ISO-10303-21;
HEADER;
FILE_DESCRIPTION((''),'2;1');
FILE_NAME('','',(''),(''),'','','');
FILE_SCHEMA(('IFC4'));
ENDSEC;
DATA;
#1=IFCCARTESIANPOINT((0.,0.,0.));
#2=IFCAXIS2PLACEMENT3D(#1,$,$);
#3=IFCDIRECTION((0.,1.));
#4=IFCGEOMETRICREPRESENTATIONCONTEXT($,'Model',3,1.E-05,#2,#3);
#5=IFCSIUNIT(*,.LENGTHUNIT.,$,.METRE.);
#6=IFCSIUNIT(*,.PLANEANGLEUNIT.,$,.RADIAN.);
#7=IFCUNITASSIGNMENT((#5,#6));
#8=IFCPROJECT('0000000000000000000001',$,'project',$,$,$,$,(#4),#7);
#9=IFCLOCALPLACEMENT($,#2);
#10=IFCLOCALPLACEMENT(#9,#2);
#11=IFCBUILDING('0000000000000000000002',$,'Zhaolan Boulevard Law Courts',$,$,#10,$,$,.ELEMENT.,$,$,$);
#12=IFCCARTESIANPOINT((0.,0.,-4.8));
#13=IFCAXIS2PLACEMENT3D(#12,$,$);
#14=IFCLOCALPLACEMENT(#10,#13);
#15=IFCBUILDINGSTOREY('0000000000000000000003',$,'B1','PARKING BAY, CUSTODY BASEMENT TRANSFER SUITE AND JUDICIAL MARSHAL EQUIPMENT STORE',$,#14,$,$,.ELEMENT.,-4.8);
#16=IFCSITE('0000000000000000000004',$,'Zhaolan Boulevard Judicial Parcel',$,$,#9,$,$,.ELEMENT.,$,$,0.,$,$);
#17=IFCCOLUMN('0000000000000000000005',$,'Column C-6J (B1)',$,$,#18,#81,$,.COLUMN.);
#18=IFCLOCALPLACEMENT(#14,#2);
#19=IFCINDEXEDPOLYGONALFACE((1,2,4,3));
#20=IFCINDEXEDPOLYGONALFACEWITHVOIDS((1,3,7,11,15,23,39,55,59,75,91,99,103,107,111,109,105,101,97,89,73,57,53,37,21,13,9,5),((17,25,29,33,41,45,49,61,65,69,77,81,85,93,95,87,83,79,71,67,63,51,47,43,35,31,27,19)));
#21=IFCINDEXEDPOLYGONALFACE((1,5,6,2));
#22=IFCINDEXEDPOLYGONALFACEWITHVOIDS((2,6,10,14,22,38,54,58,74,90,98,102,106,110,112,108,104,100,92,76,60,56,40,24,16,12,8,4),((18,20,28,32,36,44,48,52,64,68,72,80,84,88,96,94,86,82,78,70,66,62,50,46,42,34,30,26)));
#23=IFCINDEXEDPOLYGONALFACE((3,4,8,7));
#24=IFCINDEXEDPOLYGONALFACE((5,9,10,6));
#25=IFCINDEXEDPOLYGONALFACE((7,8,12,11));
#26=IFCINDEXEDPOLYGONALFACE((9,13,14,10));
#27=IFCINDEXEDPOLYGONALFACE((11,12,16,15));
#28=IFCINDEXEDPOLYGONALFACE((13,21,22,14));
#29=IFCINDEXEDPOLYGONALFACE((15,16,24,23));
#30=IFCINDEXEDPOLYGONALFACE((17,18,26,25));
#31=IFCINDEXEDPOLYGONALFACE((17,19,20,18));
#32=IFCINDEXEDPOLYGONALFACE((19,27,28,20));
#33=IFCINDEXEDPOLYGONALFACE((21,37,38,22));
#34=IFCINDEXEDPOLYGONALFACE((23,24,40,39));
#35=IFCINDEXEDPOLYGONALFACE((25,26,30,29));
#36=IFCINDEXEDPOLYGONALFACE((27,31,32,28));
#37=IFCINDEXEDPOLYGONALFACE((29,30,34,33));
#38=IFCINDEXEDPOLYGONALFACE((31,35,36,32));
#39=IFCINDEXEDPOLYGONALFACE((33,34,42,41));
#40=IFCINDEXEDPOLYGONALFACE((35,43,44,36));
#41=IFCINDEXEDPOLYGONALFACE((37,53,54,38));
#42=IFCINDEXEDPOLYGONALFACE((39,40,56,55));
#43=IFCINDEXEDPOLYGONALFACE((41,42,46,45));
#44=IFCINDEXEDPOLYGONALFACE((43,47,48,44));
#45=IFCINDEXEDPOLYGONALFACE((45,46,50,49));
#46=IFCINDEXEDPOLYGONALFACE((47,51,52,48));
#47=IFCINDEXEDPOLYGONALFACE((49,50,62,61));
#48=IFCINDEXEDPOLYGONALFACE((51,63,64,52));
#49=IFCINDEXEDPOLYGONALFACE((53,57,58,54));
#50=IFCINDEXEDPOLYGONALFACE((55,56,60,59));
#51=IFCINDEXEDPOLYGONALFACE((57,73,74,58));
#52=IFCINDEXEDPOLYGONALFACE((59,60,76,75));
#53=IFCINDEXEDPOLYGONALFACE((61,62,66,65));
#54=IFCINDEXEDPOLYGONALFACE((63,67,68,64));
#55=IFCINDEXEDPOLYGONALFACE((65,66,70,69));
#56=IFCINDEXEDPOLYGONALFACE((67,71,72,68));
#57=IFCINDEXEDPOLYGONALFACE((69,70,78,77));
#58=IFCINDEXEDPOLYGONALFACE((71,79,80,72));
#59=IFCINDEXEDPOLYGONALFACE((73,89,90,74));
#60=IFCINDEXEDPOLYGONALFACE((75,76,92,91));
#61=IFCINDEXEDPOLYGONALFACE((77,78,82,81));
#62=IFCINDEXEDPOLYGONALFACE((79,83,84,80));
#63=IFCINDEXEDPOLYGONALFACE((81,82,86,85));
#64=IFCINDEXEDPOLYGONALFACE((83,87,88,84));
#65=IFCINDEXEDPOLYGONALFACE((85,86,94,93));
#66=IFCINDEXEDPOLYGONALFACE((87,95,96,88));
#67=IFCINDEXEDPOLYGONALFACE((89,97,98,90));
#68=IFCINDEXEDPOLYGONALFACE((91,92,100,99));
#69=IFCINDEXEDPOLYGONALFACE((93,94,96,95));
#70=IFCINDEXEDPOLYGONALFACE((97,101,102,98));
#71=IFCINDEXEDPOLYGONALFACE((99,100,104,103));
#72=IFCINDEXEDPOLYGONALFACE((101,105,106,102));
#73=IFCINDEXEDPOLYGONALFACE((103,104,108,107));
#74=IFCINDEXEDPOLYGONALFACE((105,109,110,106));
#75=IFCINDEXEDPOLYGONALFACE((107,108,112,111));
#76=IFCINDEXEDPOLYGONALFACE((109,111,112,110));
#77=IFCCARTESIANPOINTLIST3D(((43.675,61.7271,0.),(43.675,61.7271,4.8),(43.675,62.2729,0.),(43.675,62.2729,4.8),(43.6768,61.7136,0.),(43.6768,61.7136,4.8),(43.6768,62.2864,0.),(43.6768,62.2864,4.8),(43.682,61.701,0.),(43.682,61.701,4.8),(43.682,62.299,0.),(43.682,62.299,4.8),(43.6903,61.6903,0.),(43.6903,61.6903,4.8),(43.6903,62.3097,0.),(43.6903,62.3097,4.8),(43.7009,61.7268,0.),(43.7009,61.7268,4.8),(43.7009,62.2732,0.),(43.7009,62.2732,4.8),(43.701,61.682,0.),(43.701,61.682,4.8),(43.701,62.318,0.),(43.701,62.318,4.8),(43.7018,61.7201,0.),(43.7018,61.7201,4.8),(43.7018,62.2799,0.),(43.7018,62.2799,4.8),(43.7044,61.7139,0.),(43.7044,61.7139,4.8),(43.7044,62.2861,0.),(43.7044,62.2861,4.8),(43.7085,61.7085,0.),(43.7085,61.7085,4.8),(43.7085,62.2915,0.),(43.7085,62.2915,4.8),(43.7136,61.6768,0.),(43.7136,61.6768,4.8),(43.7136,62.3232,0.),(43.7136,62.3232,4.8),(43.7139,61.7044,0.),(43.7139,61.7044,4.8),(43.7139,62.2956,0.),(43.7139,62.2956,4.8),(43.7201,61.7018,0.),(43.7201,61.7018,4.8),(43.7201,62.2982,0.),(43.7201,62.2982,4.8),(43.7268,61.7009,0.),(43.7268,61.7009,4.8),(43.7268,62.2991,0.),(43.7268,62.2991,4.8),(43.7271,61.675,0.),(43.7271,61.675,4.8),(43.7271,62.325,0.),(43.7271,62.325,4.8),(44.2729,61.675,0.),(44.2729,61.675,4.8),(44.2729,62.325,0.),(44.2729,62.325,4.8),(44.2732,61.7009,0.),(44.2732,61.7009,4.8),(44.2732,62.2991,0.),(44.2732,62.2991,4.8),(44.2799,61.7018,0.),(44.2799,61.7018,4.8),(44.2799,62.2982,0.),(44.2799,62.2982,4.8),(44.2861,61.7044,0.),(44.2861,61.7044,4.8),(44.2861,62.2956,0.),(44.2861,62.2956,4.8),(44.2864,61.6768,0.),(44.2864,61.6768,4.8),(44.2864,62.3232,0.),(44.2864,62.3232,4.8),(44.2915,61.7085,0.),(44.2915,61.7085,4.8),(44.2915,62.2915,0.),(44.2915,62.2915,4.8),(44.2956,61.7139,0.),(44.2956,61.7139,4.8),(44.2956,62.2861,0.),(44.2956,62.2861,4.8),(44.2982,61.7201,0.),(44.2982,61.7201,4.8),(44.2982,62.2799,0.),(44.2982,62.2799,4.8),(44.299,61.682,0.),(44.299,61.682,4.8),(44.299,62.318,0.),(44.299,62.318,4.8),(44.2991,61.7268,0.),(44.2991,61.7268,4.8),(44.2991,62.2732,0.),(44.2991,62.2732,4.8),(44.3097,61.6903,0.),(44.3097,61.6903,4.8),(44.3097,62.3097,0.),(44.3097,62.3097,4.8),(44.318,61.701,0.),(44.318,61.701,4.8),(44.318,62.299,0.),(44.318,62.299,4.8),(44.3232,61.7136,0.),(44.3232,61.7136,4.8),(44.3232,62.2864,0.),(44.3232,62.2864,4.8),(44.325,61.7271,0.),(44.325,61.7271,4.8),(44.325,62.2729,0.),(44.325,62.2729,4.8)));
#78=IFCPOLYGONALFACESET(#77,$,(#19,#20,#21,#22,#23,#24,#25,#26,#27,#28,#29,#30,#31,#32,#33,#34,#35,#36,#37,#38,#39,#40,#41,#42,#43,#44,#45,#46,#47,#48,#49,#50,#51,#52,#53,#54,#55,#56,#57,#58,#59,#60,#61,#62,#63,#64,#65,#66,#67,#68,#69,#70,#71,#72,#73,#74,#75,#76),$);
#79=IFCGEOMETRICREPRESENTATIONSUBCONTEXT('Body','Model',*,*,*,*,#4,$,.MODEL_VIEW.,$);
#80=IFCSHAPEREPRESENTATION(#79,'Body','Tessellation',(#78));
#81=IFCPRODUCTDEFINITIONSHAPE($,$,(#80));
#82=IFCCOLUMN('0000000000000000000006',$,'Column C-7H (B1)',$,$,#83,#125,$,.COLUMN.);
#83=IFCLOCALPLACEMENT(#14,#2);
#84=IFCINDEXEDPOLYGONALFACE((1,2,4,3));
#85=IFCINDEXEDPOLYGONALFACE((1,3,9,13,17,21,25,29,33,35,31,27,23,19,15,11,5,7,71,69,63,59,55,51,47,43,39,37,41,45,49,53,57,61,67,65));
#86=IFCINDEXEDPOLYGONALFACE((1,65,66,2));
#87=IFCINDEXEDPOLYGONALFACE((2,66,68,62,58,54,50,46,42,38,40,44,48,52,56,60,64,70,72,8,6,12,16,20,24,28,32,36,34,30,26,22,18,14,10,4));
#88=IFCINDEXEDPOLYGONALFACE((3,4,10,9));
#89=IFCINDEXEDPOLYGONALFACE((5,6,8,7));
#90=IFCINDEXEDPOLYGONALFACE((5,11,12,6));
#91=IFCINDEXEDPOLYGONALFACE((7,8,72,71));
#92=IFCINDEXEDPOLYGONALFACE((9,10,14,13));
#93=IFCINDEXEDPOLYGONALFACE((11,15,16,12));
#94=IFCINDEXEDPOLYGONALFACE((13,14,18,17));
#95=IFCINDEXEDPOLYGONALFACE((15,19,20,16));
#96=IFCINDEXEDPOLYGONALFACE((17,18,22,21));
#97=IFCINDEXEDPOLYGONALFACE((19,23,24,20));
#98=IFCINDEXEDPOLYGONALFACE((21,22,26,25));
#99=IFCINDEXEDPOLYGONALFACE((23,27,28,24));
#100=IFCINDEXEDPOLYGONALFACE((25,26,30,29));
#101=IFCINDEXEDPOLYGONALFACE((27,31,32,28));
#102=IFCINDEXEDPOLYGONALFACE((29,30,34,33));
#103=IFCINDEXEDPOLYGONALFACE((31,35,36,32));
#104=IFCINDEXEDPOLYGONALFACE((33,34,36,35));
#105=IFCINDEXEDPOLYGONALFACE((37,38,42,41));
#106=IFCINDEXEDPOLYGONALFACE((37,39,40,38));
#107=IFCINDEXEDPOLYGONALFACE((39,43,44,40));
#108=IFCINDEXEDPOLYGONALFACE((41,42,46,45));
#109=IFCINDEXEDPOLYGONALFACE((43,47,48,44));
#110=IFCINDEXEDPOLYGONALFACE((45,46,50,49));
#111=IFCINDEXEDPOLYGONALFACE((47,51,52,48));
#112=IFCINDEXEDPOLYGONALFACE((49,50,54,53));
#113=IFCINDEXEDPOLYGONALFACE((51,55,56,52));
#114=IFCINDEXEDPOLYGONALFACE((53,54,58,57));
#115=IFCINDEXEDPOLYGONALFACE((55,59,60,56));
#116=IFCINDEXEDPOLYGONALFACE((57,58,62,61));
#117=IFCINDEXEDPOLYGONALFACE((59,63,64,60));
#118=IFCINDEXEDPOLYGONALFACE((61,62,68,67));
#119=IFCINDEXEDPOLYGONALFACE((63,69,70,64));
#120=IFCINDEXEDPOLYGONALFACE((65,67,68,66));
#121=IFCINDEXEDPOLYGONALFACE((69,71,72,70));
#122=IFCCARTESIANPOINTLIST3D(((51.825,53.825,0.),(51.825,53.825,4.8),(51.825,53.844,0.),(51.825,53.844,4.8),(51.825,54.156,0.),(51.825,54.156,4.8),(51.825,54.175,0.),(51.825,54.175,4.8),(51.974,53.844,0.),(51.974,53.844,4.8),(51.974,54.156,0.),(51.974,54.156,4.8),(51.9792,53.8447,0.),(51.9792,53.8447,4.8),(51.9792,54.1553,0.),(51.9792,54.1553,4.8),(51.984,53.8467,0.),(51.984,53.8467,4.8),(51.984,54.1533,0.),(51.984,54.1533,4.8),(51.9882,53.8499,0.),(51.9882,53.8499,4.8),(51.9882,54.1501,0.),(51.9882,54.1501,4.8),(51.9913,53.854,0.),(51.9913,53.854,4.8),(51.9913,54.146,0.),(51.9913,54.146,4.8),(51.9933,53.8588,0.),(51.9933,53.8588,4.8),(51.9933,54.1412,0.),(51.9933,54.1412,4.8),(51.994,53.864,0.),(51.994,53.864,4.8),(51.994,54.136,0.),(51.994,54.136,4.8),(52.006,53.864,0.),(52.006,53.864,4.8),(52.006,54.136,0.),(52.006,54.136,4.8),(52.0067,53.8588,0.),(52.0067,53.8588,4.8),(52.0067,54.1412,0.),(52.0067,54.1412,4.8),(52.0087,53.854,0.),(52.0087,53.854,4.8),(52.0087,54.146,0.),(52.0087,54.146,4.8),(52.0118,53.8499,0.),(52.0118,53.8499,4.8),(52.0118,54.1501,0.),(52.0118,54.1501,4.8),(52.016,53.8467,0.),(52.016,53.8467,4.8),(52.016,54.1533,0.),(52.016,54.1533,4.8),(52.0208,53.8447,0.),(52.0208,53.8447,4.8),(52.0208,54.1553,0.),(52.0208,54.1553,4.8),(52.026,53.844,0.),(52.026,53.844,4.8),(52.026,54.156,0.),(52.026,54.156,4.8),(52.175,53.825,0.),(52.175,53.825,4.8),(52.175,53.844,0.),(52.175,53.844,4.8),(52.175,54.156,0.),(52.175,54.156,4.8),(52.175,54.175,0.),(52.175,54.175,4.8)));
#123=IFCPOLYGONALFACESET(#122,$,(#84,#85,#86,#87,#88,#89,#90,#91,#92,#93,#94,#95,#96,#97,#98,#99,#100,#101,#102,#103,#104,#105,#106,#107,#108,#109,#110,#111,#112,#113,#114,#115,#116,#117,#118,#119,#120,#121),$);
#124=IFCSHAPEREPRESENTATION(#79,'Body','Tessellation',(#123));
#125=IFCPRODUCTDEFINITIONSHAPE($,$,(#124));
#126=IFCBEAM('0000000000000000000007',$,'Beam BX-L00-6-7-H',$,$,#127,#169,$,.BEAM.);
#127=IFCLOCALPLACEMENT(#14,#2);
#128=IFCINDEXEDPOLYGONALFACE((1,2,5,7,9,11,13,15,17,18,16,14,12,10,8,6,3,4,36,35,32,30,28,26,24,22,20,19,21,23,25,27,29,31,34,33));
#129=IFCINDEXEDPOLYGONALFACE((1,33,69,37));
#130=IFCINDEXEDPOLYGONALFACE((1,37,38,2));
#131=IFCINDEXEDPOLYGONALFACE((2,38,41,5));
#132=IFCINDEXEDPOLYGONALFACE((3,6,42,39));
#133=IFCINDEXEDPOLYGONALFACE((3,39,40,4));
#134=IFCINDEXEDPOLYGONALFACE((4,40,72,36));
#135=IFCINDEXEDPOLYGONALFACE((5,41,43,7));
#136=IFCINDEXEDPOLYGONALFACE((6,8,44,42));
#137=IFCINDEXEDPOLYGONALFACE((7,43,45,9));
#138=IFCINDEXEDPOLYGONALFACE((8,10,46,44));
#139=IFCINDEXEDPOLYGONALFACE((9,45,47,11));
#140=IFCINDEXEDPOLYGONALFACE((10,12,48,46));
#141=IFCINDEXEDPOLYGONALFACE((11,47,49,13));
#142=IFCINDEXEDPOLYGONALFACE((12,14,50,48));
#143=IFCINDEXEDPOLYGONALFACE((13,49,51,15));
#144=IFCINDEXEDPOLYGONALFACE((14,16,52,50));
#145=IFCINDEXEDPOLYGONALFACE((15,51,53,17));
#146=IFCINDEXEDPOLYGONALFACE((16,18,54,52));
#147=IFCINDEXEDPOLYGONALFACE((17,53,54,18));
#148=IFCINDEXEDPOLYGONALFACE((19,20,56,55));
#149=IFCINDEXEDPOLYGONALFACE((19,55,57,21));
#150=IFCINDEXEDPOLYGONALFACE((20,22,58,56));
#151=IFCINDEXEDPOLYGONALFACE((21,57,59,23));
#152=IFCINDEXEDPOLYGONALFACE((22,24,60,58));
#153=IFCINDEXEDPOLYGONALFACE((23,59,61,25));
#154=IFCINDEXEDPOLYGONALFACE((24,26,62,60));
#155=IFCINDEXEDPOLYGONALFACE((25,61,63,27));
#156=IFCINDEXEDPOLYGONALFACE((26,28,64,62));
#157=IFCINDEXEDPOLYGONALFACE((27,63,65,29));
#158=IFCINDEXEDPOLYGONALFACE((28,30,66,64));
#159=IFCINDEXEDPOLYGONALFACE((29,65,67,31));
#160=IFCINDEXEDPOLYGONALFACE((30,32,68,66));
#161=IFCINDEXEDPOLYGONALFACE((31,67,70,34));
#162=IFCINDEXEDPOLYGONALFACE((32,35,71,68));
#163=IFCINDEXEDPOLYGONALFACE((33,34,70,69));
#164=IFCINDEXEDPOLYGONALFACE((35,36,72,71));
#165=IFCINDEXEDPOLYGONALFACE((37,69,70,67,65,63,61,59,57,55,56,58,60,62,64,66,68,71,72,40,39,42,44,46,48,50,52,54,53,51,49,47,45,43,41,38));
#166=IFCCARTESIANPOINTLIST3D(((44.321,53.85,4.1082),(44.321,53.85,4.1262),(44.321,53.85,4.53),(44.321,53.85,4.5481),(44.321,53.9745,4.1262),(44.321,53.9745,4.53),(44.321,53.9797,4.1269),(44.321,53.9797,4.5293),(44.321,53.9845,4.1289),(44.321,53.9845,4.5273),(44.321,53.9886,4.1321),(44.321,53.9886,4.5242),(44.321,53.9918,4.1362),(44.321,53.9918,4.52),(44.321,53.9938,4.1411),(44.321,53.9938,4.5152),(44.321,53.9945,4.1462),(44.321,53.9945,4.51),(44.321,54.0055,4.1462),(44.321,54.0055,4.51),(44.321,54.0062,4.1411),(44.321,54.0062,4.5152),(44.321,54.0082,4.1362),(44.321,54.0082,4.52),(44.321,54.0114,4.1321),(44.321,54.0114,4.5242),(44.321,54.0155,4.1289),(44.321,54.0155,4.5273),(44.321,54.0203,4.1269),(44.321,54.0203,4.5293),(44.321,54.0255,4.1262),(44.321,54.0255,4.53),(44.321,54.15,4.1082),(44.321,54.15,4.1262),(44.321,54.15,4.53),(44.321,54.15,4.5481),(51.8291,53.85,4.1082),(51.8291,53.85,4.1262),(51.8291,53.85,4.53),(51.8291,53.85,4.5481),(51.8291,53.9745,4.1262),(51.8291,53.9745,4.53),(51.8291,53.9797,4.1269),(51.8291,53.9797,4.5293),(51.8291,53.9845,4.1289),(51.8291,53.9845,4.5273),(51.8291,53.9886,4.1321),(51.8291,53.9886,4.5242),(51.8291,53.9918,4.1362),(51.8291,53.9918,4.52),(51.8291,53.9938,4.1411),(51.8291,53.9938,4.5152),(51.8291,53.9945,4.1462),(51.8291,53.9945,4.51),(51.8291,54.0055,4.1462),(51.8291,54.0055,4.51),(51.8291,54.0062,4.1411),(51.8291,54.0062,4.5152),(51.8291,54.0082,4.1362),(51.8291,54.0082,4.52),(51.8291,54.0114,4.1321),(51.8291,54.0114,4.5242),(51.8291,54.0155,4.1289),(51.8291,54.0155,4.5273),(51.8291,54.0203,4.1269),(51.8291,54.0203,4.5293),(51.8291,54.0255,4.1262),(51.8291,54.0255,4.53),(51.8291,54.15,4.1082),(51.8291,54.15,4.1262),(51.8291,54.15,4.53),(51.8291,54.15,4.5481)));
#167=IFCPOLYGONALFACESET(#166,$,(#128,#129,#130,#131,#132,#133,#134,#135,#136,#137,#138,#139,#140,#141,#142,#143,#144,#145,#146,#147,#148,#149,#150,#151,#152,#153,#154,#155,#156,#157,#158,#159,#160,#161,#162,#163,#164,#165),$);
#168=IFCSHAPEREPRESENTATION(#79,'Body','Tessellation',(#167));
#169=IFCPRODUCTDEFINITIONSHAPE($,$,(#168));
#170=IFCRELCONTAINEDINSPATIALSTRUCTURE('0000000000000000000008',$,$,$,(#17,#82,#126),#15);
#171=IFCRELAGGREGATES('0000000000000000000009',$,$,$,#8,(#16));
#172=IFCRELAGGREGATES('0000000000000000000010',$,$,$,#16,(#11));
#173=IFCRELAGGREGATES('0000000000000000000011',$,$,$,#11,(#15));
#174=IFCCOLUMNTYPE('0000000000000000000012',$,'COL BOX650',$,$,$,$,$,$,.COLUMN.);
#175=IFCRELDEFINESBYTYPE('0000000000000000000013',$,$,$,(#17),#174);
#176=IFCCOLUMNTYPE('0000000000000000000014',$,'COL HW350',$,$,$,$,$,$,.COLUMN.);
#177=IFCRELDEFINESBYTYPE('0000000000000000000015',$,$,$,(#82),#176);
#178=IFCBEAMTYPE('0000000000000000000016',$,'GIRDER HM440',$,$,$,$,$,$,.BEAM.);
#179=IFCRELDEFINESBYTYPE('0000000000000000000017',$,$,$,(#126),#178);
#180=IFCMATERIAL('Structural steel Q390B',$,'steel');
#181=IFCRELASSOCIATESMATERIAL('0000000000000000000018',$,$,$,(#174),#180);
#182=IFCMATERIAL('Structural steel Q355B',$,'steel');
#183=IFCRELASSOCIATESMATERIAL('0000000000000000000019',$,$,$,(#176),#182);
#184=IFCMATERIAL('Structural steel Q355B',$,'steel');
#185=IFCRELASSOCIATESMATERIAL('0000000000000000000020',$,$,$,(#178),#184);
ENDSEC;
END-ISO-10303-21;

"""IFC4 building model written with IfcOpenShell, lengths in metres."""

from ifc_helpers import new_model, si_unit, direction, frame, origin, origin_2d, place, context, subcontext, project, spatial, hollow_rectangle, i_section, extrude, material, material_profile, profile_set, type_object, element, save


model = new_model("IFC4")

# Units and contexts
model_context = context("Model", 3, precision=1e-05, world=origin(), true_north=direction((0.0, 1.0)))
body_context = subcontext(model_context, "Body", "Model", "MODEL_VIEW")
ifc_project = project(units=[si_unit("LENGTHUNIT", "METRE"), si_unit("PLANEANGLEUNIT", "RADIAN")], contexts=[model_context])

# Site, building, storey
site_placement = place(None, origin())
site = spatial("IfcSite", under=ifc_project, at=site_placement, Name="Zhaolan Boulevard Judicial Parcel", CompositionType="ELEMENT", RefElevation=0.0)
building_placement = place(site_placement, origin())
building = spatial("IfcBuilding", under=site, at=building_placement, Name="Zhaolan Boulevard Law Courts", CompositionType="ELEMENT")
storey_placement = place(building_placement, frame((0.0, 0.0, -4.8)))
storey = spatial("IfcBuildingStorey", under=building, at=storey_placement, Name="B1", Description="PARKING BAY, CUSTODY BASEMENT TRANSFER SUITE AND JUDICIAL MARSHAL EQUIPMENT STORE", CompositionType="ELEMENT", Elevation=-4.8)

# Columns
ifc_material_1 = material(Name="Structural steel Q390B", Category="steel")
ifc_material_profile_1 = material_profile(ifc_material_1, hollow_rectangle(XDim=0.6499, YDim=0.6499, WallThickness=0.0259, InnerFilletRadius=0.0259, OuterFilletRadius=0.052, at=origin_2d()), Name="BOX650x650x26")
ifc_profile_set_1 = profile_set([ifc_material_profile_1], Name="Structural steel Q390B")
column_type_1 = type_object("IfcColumnType", Name="COL BOX650", PredefinedType="COLUMN", material=ifc_profile_set_1)
column_1_placement = place(storey_placement, frame((44.0, 62.0, 0.0), z_axis=(0.0, 0.0, 1.0), x_axis=(1.0, 0.0, 0.0)))
element("IfcColumn", 1, at=column_1_placement, inside=storey, type_object=column_type_1, Name="Column C-6J (B1)", PredefinedType="COLUMN", context=body_context, shape_type="SweptSolid", body=[
    extrude(hollow_rectangle(XDim=0.6499, YDim=0.6499, WallThickness=0.0259, InnerFilletRadius=0.0259, OuterFilletRadius=0.052, at=origin_2d()), origin(), (0.0, 0.0, 1.0), 4.8),
])
ifc_material_2 = material(Name="Structural steel Q355B", Category="steel")
ifc_material_profile_2 = material_profile(ifc_material_2, i_section(OverallWidth=0.3501, OverallDepth=0.3501, WebThickness=0.012, FlangeThickness=0.019, FilletRadius=0.02, at=origin_2d()), Name="HW350x350")
ifc_profile_set_2 = profile_set([ifc_material_profile_2], Name="Structural steel Q355B")
column_type_2 = type_object("IfcColumnType", Name="COL HW350", PredefinedType="COLUMN", material=ifc_profile_set_2)
column_2_placement = place(storey_placement, frame((52.0, 54.0, 0.0), z_axis=(0.0, 0.0, 1.0), x_axis=(1.0, 0.0, 0.0)))
element("IfcColumn", 2, at=column_2_placement, inside=storey, type_object=column_type_2, Name="Column C-7H (B1)", PredefinedType="COLUMN", context=body_context, shape_type="SweptSolid", body=[
    extrude(i_section(OverallWidth=0.3501, OverallDepth=0.3501, WebThickness=0.012, FlangeThickness=0.019, FilletRadius=0.02, at=origin_2d()), origin(), (0.0, 0.0, 1.0), 4.8),
])

# Beam
ifc_material_3 = material(Name="Structural steel Q355B", Category="steel")
ifc_material_profile_3 = material_profile(ifc_material_3, i_section(OverallWidth=0.3, OverallDepth=0.4399, WebThickness=0.011, FlangeThickness=0.0181, FilletRadius=0.02, at=origin_2d()), Name="HM440x300")
ifc_profile_set_3 = profile_set([ifc_material_profile_3], Name="Structural steel Q355B")
beam_type_1 = type_object("IfcBeamType", Name="GIRDER HM440", PredefinedType="BEAM", material=ifc_profile_set_3)
beam_1_placement = place(storey_placement, frame((44.321, 54.0, 4.3281), z_axis=(1.0, 0.0, 0.0), x_axis=(0.0, 1.0, 0.0)))
element("IfcBeam", 3, at=beam_1_placement, inside=storey, type_object=beam_type_1, Name="Beam BX-L00-6-7-H", PredefinedType="BEAM", context=body_context, shape_type="SweptSolid", body=[
    extrude(i_section(OverallWidth=0.3, OverallDepth=0.4399, WebThickness=0.011, FlangeThickness=0.0181, FilletRadius=0.02, at=origin_2d()), origin(), (0.0, 0.0, 1.0), 7.5081),
])

save(model, "model.ifc")
